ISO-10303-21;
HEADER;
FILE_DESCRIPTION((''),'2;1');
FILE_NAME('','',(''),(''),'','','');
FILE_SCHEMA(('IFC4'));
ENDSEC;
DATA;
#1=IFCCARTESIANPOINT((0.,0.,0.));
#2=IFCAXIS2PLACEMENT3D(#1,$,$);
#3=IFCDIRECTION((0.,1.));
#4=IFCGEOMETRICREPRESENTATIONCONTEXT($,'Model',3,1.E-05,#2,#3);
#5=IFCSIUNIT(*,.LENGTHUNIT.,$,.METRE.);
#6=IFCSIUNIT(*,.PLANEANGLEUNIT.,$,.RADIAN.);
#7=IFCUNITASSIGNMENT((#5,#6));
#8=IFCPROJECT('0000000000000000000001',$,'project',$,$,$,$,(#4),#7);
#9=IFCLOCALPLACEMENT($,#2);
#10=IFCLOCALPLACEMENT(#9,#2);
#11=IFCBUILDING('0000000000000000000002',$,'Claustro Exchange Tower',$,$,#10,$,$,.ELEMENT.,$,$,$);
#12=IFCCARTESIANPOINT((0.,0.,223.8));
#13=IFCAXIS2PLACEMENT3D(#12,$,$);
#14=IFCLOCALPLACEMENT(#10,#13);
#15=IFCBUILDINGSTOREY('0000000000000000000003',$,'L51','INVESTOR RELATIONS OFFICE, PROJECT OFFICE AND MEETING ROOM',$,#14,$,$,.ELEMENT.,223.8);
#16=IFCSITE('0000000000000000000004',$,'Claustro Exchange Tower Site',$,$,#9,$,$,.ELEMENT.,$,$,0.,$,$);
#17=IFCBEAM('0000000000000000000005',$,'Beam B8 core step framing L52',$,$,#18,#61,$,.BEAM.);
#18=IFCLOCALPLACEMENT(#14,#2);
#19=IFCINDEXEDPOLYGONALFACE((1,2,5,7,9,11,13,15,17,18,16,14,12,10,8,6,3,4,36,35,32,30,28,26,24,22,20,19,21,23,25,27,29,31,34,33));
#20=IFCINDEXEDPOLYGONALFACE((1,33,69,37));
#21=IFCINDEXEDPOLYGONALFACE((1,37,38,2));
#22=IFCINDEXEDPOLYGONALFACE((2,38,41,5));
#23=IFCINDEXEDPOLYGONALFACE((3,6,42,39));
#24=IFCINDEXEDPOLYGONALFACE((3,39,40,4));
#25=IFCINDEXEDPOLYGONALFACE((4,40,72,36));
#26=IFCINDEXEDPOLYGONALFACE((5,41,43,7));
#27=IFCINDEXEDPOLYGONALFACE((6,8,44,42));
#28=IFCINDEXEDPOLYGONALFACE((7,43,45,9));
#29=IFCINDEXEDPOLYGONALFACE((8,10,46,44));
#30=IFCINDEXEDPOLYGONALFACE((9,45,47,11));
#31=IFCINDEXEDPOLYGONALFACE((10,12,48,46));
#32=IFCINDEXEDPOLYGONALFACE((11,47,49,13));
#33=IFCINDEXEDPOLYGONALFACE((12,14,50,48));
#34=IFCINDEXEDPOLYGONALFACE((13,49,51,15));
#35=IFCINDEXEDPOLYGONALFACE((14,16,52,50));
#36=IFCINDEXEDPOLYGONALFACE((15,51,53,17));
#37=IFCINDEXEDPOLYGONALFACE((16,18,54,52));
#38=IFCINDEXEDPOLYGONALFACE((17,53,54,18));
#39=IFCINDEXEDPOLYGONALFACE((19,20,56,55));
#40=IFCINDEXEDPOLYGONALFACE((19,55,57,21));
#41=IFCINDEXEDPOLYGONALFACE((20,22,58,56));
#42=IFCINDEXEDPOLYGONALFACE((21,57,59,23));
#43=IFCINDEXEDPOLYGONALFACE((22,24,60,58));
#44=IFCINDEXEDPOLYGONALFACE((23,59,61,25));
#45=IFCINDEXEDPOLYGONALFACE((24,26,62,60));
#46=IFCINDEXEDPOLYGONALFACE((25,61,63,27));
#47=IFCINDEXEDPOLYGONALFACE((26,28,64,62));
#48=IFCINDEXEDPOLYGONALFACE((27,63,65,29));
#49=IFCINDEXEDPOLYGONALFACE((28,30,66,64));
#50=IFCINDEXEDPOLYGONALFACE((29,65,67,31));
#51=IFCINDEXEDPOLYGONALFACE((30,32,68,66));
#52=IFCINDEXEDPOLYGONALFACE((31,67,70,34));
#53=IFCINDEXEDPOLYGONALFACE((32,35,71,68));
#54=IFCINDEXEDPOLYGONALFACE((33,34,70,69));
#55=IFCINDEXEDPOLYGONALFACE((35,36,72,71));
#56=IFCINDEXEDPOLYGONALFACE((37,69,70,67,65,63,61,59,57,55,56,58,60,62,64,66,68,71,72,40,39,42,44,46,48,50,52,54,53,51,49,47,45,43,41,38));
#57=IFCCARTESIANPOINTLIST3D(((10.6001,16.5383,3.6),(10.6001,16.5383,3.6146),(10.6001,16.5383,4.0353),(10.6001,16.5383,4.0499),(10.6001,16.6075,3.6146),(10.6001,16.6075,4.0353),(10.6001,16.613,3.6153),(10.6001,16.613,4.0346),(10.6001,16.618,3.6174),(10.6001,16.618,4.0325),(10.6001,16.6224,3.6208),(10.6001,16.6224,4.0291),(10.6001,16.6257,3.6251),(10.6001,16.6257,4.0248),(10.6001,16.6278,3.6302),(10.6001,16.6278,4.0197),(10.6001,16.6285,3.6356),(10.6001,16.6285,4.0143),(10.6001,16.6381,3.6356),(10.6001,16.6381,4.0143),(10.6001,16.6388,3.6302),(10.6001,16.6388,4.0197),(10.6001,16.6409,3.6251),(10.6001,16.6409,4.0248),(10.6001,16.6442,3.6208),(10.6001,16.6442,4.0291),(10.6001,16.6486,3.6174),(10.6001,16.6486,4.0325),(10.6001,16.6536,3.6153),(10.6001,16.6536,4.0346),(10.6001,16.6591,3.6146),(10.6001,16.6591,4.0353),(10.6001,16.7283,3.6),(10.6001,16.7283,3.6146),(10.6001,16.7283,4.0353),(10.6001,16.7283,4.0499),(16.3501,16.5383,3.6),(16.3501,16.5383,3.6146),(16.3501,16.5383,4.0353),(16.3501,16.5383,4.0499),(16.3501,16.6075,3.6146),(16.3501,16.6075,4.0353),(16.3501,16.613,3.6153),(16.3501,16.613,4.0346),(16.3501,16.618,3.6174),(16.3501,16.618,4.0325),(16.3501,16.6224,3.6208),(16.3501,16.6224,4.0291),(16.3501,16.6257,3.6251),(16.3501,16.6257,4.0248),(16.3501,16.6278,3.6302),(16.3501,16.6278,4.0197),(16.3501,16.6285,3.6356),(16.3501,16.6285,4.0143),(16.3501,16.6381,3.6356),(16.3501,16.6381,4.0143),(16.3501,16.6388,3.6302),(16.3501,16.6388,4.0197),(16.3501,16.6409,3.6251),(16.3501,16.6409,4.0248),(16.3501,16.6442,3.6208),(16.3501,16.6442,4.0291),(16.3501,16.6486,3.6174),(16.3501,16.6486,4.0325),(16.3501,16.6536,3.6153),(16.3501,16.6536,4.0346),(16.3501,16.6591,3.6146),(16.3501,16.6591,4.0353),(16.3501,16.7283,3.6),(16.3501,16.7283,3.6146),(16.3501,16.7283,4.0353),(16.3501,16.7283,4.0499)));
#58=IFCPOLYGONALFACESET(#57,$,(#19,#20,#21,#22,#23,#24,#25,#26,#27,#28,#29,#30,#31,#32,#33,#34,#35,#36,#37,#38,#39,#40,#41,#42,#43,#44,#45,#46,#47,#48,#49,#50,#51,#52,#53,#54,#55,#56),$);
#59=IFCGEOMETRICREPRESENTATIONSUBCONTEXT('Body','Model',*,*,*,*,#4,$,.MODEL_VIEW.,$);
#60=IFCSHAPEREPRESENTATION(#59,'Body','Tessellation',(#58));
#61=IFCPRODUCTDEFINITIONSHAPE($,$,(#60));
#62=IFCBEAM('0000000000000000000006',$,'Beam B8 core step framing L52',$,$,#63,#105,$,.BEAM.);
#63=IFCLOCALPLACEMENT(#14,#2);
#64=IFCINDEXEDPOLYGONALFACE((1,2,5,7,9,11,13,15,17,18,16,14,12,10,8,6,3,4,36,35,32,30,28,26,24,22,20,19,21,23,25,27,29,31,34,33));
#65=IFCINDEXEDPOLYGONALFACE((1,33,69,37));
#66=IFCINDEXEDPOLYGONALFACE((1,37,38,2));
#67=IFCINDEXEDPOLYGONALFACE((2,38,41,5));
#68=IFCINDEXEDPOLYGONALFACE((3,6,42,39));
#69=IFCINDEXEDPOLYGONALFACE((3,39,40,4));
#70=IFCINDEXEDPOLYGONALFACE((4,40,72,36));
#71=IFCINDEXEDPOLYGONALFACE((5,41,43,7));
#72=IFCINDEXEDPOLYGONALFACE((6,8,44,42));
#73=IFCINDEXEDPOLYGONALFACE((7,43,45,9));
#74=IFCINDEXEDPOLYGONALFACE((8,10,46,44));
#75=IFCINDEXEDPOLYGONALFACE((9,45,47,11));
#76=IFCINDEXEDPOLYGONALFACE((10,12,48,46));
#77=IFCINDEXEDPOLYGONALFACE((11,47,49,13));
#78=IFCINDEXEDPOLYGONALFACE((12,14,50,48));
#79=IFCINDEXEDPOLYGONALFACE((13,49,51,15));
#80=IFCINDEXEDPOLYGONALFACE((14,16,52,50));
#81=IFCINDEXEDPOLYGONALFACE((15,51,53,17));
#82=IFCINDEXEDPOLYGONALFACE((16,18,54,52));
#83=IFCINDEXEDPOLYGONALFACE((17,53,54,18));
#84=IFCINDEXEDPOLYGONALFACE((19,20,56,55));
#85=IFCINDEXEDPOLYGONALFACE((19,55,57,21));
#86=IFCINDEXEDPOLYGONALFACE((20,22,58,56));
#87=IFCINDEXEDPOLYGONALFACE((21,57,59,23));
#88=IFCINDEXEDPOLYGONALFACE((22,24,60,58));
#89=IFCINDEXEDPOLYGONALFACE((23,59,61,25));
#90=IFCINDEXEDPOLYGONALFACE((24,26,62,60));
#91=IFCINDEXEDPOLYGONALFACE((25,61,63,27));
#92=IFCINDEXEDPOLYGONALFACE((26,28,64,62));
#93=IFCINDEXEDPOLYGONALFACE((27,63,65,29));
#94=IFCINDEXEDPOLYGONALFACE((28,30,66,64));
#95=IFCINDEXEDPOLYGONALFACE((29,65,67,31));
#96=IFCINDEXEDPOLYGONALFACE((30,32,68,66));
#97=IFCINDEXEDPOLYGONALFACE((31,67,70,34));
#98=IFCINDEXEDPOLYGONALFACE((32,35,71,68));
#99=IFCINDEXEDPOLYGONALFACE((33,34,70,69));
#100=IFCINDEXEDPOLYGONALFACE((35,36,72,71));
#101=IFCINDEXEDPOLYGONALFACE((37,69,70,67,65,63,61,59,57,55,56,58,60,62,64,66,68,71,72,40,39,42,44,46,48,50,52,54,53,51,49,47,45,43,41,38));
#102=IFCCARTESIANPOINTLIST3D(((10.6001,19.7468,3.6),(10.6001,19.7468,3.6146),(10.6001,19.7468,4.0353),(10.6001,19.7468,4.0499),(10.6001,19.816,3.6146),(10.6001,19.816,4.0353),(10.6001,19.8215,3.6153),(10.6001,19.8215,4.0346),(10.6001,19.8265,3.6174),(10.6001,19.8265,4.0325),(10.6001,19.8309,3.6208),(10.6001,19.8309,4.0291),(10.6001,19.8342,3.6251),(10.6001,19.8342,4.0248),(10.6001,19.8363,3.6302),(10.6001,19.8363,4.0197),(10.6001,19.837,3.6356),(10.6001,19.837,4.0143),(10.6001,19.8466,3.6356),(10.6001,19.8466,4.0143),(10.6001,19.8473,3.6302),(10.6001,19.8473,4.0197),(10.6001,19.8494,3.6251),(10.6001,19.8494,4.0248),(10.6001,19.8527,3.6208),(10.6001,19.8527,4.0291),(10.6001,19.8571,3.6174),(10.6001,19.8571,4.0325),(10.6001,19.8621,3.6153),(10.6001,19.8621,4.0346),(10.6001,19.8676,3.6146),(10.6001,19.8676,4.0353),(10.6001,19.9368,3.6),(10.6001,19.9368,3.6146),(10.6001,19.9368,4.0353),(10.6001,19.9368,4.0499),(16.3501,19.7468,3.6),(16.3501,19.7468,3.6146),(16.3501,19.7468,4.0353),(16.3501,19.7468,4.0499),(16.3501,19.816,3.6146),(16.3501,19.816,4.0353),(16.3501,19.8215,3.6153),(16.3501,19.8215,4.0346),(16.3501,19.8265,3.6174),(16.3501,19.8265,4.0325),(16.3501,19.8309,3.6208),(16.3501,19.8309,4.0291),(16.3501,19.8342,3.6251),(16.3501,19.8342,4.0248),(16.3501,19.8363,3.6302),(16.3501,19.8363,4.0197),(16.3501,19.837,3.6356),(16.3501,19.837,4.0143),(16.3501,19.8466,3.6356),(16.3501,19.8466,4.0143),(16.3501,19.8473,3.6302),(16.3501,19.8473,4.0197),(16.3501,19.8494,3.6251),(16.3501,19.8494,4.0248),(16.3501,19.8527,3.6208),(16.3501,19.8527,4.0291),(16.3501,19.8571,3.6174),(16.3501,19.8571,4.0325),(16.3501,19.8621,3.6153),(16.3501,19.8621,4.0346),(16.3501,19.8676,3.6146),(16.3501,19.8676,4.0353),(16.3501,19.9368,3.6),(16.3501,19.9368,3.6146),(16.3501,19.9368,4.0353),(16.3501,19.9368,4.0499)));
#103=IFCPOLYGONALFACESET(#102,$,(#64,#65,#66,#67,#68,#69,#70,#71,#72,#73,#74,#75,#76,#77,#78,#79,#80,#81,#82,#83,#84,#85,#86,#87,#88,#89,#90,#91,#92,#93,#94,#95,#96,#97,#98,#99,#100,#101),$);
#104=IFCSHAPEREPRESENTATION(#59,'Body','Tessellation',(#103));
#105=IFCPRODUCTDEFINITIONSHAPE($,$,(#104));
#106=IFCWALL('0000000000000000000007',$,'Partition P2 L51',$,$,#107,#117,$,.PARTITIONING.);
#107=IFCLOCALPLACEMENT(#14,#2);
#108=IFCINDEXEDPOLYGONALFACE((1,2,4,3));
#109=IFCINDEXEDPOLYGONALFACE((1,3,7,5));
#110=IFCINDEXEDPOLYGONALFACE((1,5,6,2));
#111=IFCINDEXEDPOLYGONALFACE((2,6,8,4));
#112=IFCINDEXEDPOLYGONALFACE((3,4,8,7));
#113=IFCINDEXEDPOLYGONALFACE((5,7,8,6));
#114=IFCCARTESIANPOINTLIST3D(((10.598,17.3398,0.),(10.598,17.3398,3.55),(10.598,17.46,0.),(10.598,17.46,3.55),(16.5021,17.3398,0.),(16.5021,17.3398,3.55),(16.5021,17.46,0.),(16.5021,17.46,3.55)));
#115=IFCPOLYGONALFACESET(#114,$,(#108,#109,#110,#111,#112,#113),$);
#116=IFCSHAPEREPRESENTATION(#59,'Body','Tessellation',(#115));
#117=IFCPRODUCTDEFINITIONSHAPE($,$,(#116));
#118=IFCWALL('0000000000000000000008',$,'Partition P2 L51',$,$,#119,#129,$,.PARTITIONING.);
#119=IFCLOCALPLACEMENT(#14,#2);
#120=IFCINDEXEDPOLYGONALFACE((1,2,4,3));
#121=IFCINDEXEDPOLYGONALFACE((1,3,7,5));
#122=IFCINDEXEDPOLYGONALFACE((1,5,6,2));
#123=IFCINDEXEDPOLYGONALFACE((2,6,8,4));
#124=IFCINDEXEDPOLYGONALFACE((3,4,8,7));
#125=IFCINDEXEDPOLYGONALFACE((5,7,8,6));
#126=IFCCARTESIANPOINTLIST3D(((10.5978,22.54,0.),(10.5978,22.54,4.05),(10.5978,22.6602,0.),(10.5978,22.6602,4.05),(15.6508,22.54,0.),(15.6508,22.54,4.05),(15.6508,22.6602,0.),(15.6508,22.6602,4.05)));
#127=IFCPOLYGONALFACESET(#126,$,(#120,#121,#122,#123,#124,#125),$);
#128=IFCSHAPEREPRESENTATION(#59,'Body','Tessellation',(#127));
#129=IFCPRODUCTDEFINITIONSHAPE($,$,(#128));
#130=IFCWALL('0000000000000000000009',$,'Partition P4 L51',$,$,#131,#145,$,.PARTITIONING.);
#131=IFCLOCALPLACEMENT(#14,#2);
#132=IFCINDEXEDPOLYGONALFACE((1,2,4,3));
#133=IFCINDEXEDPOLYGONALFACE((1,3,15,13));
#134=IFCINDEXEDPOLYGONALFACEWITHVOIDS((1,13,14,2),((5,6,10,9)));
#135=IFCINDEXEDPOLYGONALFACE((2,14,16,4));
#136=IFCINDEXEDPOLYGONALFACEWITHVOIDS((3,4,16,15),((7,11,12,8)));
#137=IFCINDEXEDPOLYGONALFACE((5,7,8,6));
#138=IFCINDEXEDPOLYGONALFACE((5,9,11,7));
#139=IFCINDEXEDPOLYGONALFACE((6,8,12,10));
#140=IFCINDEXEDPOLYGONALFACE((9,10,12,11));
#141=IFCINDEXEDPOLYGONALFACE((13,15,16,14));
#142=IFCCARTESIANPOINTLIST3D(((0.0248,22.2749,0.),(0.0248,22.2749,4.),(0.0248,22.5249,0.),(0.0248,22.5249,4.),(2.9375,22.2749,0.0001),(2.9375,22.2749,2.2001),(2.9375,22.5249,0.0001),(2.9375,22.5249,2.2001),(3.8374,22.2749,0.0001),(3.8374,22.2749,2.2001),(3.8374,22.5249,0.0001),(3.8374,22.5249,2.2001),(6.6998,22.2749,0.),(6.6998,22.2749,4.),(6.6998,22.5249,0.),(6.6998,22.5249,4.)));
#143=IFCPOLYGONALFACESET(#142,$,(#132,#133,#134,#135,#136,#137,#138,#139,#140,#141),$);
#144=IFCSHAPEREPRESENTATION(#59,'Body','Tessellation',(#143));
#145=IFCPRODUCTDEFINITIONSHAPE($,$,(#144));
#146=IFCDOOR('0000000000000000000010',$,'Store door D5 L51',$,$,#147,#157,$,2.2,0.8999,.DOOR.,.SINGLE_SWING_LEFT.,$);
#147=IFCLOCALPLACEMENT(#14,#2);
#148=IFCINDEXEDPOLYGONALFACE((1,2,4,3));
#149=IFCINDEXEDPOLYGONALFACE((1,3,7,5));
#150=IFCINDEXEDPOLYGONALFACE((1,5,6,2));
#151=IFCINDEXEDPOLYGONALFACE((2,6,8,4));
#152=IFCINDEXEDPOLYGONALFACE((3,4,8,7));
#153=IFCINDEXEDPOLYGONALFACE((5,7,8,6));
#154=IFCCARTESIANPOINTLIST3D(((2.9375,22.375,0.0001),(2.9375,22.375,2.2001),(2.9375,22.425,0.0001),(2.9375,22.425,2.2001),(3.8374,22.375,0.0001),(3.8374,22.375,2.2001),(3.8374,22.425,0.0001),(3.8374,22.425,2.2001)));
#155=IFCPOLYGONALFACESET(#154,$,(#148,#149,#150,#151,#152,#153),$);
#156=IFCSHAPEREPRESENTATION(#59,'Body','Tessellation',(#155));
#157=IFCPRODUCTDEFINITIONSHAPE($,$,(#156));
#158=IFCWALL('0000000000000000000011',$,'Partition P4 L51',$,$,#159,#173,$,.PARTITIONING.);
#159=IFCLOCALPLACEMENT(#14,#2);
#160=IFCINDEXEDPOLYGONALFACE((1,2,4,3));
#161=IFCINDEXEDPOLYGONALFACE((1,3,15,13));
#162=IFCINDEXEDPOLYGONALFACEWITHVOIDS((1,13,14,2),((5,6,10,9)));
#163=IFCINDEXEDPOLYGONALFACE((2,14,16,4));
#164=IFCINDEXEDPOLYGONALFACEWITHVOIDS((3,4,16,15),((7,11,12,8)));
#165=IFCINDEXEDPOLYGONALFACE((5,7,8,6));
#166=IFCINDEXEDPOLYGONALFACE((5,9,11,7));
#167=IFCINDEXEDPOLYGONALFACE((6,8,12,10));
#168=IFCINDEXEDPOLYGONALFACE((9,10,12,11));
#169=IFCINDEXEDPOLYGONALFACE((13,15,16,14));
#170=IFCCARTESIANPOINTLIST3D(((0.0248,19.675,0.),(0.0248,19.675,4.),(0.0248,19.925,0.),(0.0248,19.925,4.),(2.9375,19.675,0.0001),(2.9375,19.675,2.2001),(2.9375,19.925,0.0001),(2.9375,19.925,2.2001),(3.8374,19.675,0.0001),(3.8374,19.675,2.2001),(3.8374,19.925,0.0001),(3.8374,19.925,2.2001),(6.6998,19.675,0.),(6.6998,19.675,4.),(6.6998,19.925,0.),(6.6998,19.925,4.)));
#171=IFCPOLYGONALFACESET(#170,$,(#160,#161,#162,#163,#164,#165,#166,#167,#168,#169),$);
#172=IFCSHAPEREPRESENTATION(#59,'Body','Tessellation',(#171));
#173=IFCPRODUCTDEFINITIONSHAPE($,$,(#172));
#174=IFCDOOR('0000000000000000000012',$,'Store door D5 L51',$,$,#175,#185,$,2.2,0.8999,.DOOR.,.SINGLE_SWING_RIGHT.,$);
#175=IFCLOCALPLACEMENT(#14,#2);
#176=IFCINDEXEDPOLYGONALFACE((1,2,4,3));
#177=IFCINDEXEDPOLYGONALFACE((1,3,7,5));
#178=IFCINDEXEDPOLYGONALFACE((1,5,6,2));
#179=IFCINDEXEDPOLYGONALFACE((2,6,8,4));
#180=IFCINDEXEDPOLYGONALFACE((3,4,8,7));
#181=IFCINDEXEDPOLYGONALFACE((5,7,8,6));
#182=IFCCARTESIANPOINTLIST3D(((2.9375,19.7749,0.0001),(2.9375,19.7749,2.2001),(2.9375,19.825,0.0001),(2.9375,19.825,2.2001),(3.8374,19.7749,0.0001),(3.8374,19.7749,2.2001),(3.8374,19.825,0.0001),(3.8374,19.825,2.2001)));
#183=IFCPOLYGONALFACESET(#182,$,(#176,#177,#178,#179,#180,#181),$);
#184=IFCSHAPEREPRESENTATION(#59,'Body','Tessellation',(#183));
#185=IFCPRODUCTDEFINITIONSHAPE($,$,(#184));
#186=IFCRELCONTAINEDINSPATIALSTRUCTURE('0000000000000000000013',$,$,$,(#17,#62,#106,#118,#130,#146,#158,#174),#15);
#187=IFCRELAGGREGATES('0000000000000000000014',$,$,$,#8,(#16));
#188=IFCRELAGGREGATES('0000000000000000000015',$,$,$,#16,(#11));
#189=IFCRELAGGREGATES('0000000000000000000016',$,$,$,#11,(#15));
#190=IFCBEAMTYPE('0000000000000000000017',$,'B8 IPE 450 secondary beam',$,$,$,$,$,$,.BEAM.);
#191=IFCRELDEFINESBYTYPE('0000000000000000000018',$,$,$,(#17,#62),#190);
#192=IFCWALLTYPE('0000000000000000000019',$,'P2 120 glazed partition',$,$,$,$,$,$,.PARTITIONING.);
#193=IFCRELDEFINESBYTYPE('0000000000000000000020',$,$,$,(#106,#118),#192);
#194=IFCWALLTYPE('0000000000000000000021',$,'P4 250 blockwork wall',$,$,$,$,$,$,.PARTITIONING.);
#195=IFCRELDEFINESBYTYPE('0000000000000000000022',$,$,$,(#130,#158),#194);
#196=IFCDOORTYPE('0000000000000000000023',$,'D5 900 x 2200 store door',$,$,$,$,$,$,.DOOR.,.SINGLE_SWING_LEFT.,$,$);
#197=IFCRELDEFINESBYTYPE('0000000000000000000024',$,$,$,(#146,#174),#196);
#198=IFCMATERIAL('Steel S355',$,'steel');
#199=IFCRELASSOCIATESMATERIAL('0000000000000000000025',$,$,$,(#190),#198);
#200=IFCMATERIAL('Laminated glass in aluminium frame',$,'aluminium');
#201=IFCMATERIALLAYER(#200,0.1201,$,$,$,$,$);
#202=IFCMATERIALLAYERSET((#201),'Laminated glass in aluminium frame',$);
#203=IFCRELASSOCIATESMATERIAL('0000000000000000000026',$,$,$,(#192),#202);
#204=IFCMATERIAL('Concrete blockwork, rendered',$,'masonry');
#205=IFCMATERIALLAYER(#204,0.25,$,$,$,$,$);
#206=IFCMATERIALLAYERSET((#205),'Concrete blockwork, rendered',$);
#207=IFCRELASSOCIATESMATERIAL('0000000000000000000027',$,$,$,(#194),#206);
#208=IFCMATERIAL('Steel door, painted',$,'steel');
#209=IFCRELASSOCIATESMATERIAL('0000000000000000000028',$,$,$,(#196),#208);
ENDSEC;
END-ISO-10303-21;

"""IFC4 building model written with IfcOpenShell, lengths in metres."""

from ifc_helpers import new_model, si_unit, direction, frame, frame_2d, origin, origin_2d, place, context, subcontext, project, spatial, rectangle, i_section, extrude, material, layer, layer_set, material_profile, profile_set, type_object, element, fill, save


model = new_model("IFC4")

# Units and contexts
model_context = context("Model", 3, precision=1e-05, world=origin(), true_north=direction((0.0, 1.0)))
body_context = subcontext(model_context, "Body", "Model", "MODEL_VIEW")
ifc_project = project(units=[si_unit("LENGTHUNIT", "METRE"), si_unit("PLANEANGLEUNIT", "RADIAN")], contexts=[model_context])

# Site, building, storey
site_placement = place(None, origin())
site = spatial("IfcSite", under=ifc_project, at=site_placement, Name="Claustro Exchange Tower Site", CompositionType="ELEMENT", RefElevation=0.0)
building_placement = place(site_placement, origin())
building = spatial("IfcBuilding", under=site, at=building_placement, Name="Claustro Exchange Tower", CompositionType="ELEMENT")
storey_placement = place(building_placement, frame((0.0, 0.0, 223.8)))
storey = spatial("IfcBuildingStorey", under=building, at=storey_placement, Name="L51", Description="INVESTOR RELATIONS OFFICE, PROJECT OFFICE AND MEETING ROOM", CompositionType="ELEMENT", Elevation=223.8)

# Beams
ifc_material_1 = material(Name="Steel S355", Category="steel")
ifc_material_profile_1 = material_profile(ifc_material_1, i_section(OverallWidth=0.1899, OverallDepth=0.45, WebThickness=0.0095, FlangeThickness=0.0146, FilletRadius=0.021, at=origin_2d()), Name="IPE 450")
ifc_profile_set_1 = profile_set([ifc_material_profile_1], Name="Steel S355")
beam_type_1 = type_object("IfcBeamType", Name="B8 IPE 450 secondary beam", PredefinedType="BEAM", material=ifc_profile_set_1)
for number, where, z_axis, x_axis, name in (
    (1, (10.6001, 16.6333, 3.825), (1.0, 0.0, 0.0), (0.0, 1.0, 0.0), "Beam B8 core step framing L52"),
    (2, (10.6001, 19.8418, 3.825), (1.0, 0.0, 0.0), (0.0, 1.0, 0.0), "Beam B8 core step framing L52"),
):
    element("IfcBeam", number, at=place(storey_placement, frame(where, z_axis=z_axis, x_axis=x_axis)), inside=storey, type_object=beam_type_1, Name=name, PredefinedType="BEAM", context=body_context, shape_type="SweptSolid", body=[
        extrude(i_section(OverallWidth=0.1899, OverallDepth=0.45, WebThickness=0.0095, FlangeThickness=0.0146, FilletRadius=0.021, at=origin_2d()), origin(), (0.0, 0.0, 1.0), 5.75),
    ])

# Walls
ifc_material_2 = material(Name="Laminated glass in aluminium frame", Category="aluminium")
ifc_layer_1 = layer(ifc_material_2, 0.1201)
ifc_layer_set_1 = layer_set([ifc_layer_1], Name="Laminated glass in aluminium frame")
wall_type_1 = type_object("IfcWallType", Name="P2 120 glazed partition", PredefinedType="PARTITIONING", material=ifc_layer_set_1)
wall_1_placement = place(storey_placement, frame((10.5979, 17.3999, 0.0), z_axis=(0.0, 0.0, 1.0), x_axis=(1.0, 0.0, 0.0)))
element("IfcWall", 3, at=wall_1_placement, inside=storey, type_object=wall_type_1, Name="Partition P2 L51", PredefinedType="PARTITIONING", context=body_context, shape_type="SweptSolid", body=[
    extrude(rectangle(XDim=5.9041, YDim=0.1201, at=frame_2d((2.9521, 0.0))), origin(), (0.0, 0.0, 1.0), 3.55),
])
wall_2_placement = place(storey_placement, frame((10.5979, 22.6001, 0.0), z_axis=(0.0, 0.0, 1.0), x_axis=(1.0, 0.0, 0.0)))
element("IfcWall", 4, at=wall_2_placement, inside=storey, type_object=wall_type_1, Name="Partition P2 L51", PredefinedType="PARTITIONING", context=body_context, shape_type="SweptSolid", body=[
    extrude(rectangle(XDim=5.053, YDim=0.1201, at=frame_2d((2.5264, 0.0))), origin(), (0.0, 0.0, 1.0), 4.05),
])

# Walls, openings, doors
ifc_material_3 = material(Name="Concrete blockwork, rendered", Category="masonry")
ifc_layer_2 = layer(ifc_material_3, 0.25)
ifc_layer_set_2 = layer_set([ifc_layer_2], Name="Concrete blockwork, rendered")
wall_type_2 = type_object("IfcWallType", Name="P4 250 blockwork wall", PredefinedType="PARTITIONING", material=ifc_layer_set_2)
wall_3_placement = place(storey_placement, frame((0.0249, 22.3999, 0.0), z_axis=(0.0, 0.0, 1.0), x_axis=(1.0, 0.0, 0.0)))
wall_3 = element("IfcWall", 5, at=wall_3_placement, inside=storey, type_object=wall_type_2, Name="Partition P4 L51", PredefinedType="PARTITIONING", context=body_context, shape_type="SweptSolid", body=[
    extrude(rectangle(XDim=6.675, YDim=0.25, at=frame_2d((3.3374, 0.0))), origin(), (0.0, 0.0, 1.0), 4.0),
])
opening_1_placement = place(wall_3_placement, frame((2.9126, 0.0, 0.0)))
opening_1 = element("IfcOpeningElement", 6, at=opening_1_placement, cuts=wall_3, PredefinedType="OPENING", context=body_context, shape_type="SweptSolid", body=[
    extrude(rectangle(XDim=0.8999, YDim=2.2, at=frame_2d((0.45, 1.1001))), frame((0.0, 0.135, 0.0), z_axis=(0.0, -1.0, 0.0), x_axis=(1.0, 0.0, 0.0)), (0.0, 0.0, 1.0), 0.27),
])
ifc_material_4 = material(Name="Steel door, painted", Category="steel")
door_type = type_object("IfcDoorType", Name="D5 900 x 2200 store door", OperationType="SINGLE_SWING_LEFT", PredefinedType="DOOR", material=ifc_material_4)
door_1_placement = place(opening_1_placement, frame((0.8999, 0.0, 0.0), z_axis=(0.0, 0.0, 1.0), x_axis=(-1.0, 0.0, 0.0)))
door_1 = element("IfcDoor", 7, at=door_1_placement, inside=storey, type_object=door_type, Name="Store door D5 L51", OperationType="SINGLE_SWING_LEFT", OverallHeight=2.2, OverallWidth=0.8999, PredefinedType="DOOR", context=body_context, shape_type="SweptSolid", body=[
    extrude(rectangle(XDim=0.8999, YDim=2.2, at=frame_2d((0.45, 1.1001))), frame((0.0, 0.0249, 0.0), z_axis=(0.0, -1.0, 0.0), x_axis=(1.0, 0.0, 0.0)), (0.0, 0.0, 1.0), 0.05),
])
fill(opening_1, door_1)
wall_4_placement = place(storey_placement, frame((0.0249, 19.8, 0.0), z_axis=(0.0, 0.0, 1.0), x_axis=(1.0, 0.0, 0.0)))
wall_4 = element("IfcWall", 8, at=wall_4_placement, inside=storey, type_object=wall_type_2, Name="Partition P4 L51", PredefinedType="PARTITIONING", context=body_context, shape_type="SweptSolid", body=[
    extrude(rectangle(XDim=6.675, YDim=0.25, at=frame_2d((3.3374, 0.0))), origin(), (0.0, 0.0, 1.0), 4.0),
])
opening_2_placement = place(wall_4_placement, frame((2.9126, 0.0, 0.0)))
opening_2 = element("IfcOpeningElement", 9, at=opening_2_placement, cuts=wall_4, PredefinedType="OPENING", context=body_context, shape_type="SweptSolid", body=[
    extrude(rectangle(XDim=0.8999, YDim=2.2, at=frame_2d((0.45, 1.1001))), frame((0.0, 0.135, 0.0), z_axis=(0.0, -1.0, 0.0), x_axis=(1.0, 0.0, 0.0)), (0.0, 0.0, 1.0), 0.27),
])
door_2_placement = place(opening_2_placement, origin())
door_2 = element("IfcDoor", 10, at=door_2_placement, inside=storey, type_object=door_type, Name="Store door D5 L51", OperationType="SINGLE_SWING_RIGHT", OverallHeight=2.2, OverallWidth=0.8999, PredefinedType="DOOR", context=body_context, shape_type="SweptSolid", body=[
    extrude(rectangle(XDim=0.8999, YDim=2.2, at=frame_2d((0.45, 1.1001))), frame((0.0, 0.0249, 0.0), z_axis=(0.0, -1.0, 0.0), x_axis=(1.0, 0.0, 0.0)), (0.0, 0.0, 1.0), 0.05),
])
fill(opening_2, door_2)

save(model, "model.ifc")
